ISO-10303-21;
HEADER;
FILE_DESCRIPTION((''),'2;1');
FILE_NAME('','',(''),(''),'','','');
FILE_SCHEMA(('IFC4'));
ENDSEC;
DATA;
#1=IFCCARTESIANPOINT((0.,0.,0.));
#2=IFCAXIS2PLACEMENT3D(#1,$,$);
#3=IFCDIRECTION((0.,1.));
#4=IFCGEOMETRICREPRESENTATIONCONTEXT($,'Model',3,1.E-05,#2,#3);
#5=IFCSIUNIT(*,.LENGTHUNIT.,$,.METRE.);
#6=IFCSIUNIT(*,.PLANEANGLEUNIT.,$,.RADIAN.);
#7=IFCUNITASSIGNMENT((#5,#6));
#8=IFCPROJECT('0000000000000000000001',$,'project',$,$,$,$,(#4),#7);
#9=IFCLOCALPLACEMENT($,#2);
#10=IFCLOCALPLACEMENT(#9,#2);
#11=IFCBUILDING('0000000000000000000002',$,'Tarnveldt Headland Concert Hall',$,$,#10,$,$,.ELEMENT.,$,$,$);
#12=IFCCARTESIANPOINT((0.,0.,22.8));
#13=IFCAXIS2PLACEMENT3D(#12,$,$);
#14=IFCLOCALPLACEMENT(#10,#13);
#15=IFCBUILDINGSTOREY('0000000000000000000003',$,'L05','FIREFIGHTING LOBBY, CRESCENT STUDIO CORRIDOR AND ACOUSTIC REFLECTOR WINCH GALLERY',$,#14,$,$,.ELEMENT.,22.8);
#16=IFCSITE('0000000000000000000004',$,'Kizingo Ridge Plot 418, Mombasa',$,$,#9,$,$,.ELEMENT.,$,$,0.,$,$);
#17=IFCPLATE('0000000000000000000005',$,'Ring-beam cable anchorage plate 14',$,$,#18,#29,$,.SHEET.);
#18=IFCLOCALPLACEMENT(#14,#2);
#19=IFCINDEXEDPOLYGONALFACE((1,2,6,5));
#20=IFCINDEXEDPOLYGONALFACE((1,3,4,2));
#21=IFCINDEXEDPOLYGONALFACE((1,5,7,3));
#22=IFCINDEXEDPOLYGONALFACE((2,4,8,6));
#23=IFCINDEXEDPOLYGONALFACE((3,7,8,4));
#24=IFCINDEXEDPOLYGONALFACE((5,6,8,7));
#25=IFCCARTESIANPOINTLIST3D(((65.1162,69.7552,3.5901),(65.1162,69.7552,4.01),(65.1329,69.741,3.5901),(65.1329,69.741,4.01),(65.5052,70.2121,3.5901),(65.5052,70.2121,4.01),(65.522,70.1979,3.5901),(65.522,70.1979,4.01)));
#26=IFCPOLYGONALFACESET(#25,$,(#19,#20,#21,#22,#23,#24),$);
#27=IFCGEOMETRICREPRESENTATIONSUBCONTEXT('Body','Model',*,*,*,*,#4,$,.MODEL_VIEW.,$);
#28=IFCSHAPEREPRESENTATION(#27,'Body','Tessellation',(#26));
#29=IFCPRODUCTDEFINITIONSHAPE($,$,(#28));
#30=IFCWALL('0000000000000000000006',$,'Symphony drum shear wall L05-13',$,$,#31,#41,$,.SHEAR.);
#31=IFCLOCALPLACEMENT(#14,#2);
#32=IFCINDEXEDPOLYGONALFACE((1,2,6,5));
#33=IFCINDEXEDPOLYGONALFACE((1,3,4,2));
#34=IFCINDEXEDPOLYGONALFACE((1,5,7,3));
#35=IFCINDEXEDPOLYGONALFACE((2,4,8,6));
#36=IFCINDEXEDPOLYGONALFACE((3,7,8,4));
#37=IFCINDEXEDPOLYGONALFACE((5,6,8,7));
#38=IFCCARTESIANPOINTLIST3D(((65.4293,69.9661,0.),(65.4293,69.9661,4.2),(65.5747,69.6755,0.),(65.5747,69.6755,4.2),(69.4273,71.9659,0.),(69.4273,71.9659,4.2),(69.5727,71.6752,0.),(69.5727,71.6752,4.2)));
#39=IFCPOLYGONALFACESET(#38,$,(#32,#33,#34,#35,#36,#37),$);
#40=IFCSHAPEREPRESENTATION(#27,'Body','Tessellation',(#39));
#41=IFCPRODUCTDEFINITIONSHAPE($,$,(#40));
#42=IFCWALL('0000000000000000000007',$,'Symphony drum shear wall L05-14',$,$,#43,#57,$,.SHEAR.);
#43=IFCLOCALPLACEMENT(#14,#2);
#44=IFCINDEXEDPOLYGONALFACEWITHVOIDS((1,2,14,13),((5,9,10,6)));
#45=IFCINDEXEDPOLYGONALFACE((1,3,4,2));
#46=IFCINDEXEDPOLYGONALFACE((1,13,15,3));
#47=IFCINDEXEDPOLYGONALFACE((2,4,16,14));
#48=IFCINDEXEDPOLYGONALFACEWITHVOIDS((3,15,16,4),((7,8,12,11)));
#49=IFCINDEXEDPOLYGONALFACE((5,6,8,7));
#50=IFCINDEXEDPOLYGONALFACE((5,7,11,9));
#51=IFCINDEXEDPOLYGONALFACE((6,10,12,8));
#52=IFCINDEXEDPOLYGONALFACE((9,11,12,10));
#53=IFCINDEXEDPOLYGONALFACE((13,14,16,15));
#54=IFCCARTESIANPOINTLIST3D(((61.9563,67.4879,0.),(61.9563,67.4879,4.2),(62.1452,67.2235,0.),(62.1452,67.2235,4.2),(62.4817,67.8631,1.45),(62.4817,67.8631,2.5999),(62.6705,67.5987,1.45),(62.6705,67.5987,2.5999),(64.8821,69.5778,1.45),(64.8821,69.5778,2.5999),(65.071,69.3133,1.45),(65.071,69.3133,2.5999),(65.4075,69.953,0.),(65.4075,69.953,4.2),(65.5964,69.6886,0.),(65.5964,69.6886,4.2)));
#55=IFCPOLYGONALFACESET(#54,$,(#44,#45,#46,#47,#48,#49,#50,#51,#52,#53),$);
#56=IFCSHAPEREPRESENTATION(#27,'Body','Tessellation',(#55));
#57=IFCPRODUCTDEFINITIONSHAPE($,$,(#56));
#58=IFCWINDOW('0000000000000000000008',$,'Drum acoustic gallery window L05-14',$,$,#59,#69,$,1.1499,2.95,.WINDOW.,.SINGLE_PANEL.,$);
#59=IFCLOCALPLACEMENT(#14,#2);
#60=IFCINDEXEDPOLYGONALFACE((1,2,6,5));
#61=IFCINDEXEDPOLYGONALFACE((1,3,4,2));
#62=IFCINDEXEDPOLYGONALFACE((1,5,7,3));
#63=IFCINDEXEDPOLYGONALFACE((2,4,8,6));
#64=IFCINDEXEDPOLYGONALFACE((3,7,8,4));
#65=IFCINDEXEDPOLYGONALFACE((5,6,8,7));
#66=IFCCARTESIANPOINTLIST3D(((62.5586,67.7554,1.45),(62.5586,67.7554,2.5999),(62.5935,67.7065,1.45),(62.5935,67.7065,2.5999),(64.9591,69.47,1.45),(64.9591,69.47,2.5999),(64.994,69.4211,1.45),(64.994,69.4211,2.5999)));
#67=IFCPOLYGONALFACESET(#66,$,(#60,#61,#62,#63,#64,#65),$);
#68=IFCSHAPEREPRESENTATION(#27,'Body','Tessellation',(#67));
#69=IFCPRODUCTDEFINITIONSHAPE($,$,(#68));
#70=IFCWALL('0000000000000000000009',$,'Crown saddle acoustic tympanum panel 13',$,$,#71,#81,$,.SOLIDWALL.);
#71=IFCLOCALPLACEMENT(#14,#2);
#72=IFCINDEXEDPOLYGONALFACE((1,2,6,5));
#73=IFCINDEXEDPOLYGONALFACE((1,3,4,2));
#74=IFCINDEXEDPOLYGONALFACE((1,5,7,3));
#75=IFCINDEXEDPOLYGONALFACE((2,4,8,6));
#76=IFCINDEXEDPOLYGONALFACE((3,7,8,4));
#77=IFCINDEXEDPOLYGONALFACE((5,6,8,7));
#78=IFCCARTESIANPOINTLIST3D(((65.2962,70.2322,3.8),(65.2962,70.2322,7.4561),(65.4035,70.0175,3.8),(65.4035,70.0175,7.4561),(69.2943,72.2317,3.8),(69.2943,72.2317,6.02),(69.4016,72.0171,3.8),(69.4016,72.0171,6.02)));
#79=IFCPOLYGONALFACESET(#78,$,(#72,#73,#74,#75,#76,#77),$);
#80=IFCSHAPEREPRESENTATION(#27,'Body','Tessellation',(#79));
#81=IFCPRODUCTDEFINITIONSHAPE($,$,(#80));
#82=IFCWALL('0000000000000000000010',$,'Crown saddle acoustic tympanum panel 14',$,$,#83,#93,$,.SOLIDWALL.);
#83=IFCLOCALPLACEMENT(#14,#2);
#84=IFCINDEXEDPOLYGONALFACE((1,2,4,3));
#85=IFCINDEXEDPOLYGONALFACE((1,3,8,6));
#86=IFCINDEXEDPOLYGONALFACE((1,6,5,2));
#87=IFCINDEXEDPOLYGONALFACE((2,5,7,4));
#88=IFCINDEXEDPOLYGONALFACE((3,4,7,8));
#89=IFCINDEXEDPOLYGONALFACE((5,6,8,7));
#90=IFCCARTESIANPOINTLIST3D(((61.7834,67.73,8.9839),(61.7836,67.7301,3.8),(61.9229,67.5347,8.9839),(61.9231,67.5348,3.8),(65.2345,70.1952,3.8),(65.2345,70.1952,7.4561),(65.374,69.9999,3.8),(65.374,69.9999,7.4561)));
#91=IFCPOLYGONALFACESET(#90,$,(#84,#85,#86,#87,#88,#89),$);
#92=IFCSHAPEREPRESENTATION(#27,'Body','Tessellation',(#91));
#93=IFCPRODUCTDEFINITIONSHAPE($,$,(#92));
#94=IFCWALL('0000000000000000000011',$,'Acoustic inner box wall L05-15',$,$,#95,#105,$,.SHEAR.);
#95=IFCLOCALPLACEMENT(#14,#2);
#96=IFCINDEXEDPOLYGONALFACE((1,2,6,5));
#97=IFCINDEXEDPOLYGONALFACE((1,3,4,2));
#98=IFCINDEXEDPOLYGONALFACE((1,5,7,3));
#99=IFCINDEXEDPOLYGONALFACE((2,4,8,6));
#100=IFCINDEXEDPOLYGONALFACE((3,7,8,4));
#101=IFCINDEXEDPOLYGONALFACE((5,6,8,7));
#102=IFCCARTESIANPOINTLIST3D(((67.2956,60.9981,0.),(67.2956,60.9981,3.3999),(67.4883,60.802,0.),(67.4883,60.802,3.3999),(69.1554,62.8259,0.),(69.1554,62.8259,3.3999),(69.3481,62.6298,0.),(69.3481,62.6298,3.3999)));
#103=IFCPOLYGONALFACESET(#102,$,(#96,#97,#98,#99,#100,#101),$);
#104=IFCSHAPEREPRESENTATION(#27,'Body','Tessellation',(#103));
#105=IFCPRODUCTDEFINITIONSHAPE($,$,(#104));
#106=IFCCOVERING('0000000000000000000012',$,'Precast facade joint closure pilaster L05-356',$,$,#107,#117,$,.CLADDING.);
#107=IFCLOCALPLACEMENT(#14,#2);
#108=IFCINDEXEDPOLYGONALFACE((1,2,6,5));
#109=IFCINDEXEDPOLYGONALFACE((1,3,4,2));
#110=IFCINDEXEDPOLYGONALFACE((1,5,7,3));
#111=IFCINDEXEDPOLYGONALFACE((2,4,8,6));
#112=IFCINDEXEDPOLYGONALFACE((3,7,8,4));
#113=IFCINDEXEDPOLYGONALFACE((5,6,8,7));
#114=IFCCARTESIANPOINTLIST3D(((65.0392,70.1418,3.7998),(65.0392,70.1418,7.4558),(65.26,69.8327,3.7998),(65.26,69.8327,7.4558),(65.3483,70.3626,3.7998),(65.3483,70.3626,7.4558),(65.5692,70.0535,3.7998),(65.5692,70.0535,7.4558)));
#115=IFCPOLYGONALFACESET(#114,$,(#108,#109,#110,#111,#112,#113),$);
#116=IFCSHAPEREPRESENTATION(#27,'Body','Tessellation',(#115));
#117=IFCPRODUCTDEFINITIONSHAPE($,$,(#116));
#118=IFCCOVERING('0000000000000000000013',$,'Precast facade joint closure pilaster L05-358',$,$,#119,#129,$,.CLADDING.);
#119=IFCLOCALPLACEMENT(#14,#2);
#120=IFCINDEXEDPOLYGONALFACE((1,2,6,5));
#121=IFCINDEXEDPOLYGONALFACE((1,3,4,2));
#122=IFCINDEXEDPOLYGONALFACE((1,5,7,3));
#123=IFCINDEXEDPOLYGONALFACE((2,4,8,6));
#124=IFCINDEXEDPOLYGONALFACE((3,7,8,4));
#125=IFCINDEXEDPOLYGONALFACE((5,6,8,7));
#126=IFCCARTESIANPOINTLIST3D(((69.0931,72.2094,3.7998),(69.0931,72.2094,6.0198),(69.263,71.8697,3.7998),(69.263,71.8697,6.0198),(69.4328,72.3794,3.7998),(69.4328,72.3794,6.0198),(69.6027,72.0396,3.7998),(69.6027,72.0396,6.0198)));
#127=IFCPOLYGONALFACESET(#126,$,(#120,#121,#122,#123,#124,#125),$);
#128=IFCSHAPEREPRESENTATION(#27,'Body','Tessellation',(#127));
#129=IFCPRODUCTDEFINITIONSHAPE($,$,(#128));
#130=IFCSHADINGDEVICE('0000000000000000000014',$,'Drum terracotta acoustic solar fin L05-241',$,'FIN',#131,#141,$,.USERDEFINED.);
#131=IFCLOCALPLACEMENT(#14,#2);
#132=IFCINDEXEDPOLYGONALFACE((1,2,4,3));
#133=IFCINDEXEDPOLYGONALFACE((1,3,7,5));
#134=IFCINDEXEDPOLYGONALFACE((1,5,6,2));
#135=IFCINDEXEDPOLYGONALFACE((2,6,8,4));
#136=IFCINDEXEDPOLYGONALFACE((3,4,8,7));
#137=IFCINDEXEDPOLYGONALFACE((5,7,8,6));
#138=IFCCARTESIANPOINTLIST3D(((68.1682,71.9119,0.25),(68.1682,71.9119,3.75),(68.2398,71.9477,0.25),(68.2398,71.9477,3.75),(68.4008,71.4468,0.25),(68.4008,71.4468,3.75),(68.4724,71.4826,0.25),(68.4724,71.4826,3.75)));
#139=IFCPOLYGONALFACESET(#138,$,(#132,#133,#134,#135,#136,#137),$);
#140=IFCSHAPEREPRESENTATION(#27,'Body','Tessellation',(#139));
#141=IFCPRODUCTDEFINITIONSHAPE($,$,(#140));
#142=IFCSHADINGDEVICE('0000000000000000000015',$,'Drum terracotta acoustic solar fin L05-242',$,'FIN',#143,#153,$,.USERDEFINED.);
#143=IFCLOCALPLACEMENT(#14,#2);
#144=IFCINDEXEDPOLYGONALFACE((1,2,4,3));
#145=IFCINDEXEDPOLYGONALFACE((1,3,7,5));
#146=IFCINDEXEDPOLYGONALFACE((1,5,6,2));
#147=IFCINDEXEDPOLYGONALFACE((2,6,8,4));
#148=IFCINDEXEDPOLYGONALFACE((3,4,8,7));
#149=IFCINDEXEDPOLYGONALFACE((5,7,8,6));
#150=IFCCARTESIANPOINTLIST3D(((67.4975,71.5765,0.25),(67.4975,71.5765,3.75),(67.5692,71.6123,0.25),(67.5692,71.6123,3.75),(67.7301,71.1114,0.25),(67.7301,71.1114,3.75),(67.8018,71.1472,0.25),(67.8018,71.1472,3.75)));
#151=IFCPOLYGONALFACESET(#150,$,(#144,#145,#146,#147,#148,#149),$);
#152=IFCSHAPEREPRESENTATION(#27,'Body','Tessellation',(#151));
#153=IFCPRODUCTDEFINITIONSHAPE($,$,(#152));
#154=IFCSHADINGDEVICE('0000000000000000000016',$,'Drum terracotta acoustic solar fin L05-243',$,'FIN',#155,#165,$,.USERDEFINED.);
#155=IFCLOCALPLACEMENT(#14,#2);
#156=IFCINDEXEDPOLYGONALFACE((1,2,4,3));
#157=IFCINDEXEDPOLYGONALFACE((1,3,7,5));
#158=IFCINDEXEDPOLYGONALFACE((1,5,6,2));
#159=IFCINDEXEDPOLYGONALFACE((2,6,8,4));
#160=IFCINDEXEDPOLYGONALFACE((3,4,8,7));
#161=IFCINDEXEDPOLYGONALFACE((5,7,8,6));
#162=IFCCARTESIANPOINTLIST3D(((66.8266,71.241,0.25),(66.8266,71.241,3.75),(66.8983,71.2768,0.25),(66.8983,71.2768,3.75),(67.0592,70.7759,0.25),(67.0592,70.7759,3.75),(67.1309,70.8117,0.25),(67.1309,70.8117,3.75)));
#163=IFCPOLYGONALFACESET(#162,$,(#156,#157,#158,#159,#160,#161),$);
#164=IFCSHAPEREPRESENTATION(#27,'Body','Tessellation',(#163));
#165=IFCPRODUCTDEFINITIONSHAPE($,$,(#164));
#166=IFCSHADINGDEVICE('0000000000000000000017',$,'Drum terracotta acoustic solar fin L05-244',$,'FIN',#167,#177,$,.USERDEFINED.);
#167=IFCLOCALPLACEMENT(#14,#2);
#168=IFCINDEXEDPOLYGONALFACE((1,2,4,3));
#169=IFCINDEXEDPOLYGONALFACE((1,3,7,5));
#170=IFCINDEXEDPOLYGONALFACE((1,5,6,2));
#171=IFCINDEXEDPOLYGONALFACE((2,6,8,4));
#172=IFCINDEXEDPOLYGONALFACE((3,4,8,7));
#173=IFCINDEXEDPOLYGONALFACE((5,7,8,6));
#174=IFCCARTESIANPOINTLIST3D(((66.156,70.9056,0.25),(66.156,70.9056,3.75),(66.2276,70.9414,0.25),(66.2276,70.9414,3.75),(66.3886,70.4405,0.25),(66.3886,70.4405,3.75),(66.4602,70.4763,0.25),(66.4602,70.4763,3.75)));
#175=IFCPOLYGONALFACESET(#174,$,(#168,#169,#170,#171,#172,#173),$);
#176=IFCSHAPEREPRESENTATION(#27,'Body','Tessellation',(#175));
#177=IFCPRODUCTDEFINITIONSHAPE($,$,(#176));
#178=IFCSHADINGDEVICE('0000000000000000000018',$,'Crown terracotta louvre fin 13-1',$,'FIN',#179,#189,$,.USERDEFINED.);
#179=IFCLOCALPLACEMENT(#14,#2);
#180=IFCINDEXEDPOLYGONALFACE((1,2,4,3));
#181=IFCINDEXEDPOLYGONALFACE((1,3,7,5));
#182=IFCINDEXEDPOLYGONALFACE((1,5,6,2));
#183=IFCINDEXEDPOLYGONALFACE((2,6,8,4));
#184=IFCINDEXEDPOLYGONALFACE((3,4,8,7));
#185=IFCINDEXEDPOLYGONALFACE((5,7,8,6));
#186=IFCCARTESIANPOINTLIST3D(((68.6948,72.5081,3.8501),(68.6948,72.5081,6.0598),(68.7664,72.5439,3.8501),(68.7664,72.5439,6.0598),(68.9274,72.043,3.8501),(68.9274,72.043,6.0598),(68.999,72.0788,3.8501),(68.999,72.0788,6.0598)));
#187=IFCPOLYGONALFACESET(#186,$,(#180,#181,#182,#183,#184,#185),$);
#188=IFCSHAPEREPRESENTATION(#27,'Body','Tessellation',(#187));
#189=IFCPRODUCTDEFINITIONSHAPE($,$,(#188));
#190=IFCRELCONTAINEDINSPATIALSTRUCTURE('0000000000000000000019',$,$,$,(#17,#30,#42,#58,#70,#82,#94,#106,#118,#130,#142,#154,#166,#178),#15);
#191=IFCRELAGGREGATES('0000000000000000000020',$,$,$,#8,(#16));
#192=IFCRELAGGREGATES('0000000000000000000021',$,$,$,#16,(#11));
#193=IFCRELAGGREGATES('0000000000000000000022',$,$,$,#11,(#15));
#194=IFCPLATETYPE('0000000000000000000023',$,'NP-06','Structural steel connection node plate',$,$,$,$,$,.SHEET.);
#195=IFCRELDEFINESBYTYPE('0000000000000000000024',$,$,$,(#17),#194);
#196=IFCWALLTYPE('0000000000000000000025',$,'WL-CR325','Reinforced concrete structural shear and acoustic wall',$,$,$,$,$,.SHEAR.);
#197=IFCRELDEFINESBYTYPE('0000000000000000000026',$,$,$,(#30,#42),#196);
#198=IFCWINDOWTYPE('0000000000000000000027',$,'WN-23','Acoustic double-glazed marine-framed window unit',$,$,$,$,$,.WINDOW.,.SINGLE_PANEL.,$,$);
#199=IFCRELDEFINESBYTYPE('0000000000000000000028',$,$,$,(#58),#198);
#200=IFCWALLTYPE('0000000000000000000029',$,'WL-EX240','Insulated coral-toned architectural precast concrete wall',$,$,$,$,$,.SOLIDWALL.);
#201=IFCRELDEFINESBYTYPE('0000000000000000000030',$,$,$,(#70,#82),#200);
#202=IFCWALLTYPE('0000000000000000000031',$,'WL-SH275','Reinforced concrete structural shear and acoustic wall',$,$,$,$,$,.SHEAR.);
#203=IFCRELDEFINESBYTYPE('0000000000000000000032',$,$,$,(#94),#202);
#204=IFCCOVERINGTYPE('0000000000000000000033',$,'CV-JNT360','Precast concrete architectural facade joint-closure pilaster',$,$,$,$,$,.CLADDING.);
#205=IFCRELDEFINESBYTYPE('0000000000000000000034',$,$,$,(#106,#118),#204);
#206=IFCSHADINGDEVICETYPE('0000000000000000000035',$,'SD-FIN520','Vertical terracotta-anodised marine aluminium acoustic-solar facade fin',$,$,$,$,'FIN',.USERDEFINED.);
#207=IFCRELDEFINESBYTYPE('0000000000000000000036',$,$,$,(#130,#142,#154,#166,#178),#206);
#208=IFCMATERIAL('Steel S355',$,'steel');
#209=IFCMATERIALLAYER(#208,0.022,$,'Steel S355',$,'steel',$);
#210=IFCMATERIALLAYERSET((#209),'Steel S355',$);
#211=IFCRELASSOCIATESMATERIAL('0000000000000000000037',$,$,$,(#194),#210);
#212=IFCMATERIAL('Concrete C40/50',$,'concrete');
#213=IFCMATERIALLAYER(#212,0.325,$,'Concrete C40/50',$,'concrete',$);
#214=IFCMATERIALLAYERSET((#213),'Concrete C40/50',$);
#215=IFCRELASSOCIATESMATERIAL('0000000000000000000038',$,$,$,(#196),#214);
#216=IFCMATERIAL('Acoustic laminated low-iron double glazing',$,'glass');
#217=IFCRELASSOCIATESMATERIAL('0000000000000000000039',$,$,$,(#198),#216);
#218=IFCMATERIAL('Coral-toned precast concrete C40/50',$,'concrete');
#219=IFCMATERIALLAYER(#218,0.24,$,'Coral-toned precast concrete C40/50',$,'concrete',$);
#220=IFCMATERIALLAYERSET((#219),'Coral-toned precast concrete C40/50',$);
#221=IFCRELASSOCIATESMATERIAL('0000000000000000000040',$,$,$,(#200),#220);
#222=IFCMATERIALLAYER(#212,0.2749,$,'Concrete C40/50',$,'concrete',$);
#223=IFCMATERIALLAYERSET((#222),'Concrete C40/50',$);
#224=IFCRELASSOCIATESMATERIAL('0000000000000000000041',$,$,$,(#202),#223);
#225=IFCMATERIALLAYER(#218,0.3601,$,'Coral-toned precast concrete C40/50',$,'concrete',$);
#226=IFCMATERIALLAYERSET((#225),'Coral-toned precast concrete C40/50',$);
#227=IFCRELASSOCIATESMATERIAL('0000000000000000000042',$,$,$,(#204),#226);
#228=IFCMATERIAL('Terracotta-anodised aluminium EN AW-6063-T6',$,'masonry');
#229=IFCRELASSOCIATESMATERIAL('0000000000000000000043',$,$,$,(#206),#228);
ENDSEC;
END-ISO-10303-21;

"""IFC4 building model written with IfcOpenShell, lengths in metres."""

from ifc_helpers import new_model, si_unit, direction, frame, frame_2d, origin, origin_2d, place, context, subcontext, project, spatial, polyline, rectangle, outline, extrude, material, layer, layer_set, type_object, element, fill, save


model = new_model("IFC4")

# Units and contexts
model_context = context("Model", 3, precision=1e-05, world=origin(), true_north=direction((0.0, 1.0)))
body_context = subcontext(model_context, "Body", "Model", "MODEL_VIEW")
ifc_project = project(units=[si_unit("LENGTHUNIT", "METRE"), si_unit("PLANEANGLEUNIT", "RADIAN")], contexts=[model_context])

# Site, building, storey
site_placement = place(None, origin())
site = spatial("IfcSite", under=ifc_project, at=site_placement, Name="Kizingo Ridge Plot 418, Mombasa", CompositionType="ELEMENT", RefElevation=0.0)
building_placement = place(site_placement, origin())
building = spatial("IfcBuilding", under=site, at=building_placement, Name="Tarnveldt Headland Concert Hall", CompositionType="ELEMENT")
storey_placement = place(building_placement, frame((0.0, 0.0, 22.8)))
storey = spatial("IfcBuildingStorey", under=building, at=storey_placement, Name="L05", Description="FIREFIGHTING LOBBY, CRESCENT STUDIO CORRIDOR AND ACOUSTIC REFLECTOR WINCH GALLERY", CompositionType="ELEMENT", Elevation=22.8)

# Shared definitions
ifc_material_1 = material(Name="Concrete C40/50", Category="concrete")

# Shared definitions
ifc_material_2 = material(Name="Steel S355", Category="steel")

# Plate
ifc_layer_1 = layer(ifc_material_2, 0.022, Name="Steel S355", Category="steel")
ifc_layer_set_1 = layer_set([ifc_layer_1], Name="Steel S355")
plate_type_1 = type_object("IfcPlateType", Name="NP-06", Description="Structural steel connection node plate", PredefinedType="SHEET", material=ifc_layer_set_1)
plate_1_placement = place(storey_placement, frame((65.3191, 69.9766, 3.5901), z_axis=(0.0, 0.0, 1.0), x_axis=(-0.648253, -0.761425, 0.0)))
element("IfcPlate", 1, at=plate_1_placement, inside=storey, type_object=plate_type_1, Name="Ring-beam cable anchorage plate 14", PredefinedType="SHEET", context=body_context, shape_type="SweptSolid", body=[
    extrude(rectangle(XDim=0.6001, YDim=0.022, at=origin_2d()), origin(), (0.0, 0.0, 1.0), 0.4199),
])

# Wall
ifc_layer_2 = layer(ifc_material_1, 0.325, Name="Concrete C40/50", Category="concrete")
ifc_layer_set_2 = layer_set([ifc_layer_2], Name="Concrete C40/50")
wall_type_1 = type_object("IfcWallType", Name="WL-CR325", Description="Reinforced concrete structural shear and acoustic wall", PredefinedType="SHEAR", material=ifc_layer_set_2)
wall_1_placement = place(storey_placement, frame((69.5, 71.8206, 0.0), z_axis=(0.0, 0.0, 1.0), x_axis=(-0.894362, -0.447345, 0.0)))
element("IfcWall", 2, at=wall_1_placement, inside=storey, type_object=wall_type_1, Name="Symphony drum shear wall L05-13", PredefinedType="SHEAR", context=body_context, shape_type="SweptSolid", body=[
    extrude(rectangle(XDim=4.4702, YDim=0.325, at=frame_2d((2.2351, 0.0))), origin(), (0.0, 0.0, 1.0), 4.2),
])

# Wall, opening, window
wall_2_placement = place(storey_placement, frame((65.502, 69.8208, 0.0), z_axis=(0.0, 0.0, 1.0), x_axis=(-0.813737, -0.581233, 0.0)))
wall_2 = element("IfcWall", 3, at=wall_2_placement, inside=storey, type_object=wall_type_1, Name="Symphony drum shear wall L05-14", PredefinedType="SHEAR", context=body_context, shape_type="SweptSolid", body=[
    extrude(rectangle(XDim=4.2412, YDim=0.325, at=frame_2d((2.1206, 0.0))), origin(), (0.0, 0.0, 1.0), 4.2),
])
opening_placement = place(wall_2_placement, frame((0.6455, 0.0, 1.45)))
opening = element("IfcOpeningElement", 4, at=opening_placement, cuts=wall_2, PredefinedType="OPENING", context=body_context, shape_type="SweptSolid", body=[
    extrude(rectangle(XDim=2.95, YDim=1.1499, at=frame_2d((1.4751, 0.575))), frame((0.0, 0.1724, 0.0), z_axis=(0.0, -1.0, 0.0), x_axis=(1.0, 0.0, 0.0)), (0.0, 0.0, 1.0), 0.345),
])
ifc_material_3 = material(Name="Acoustic laminated low-iron double glazing", Category="glass")
window_type = type_object("IfcWindowType", Name="WN-23", Description="Acoustic double-glazed marine-framed window unit", PartitioningType="SINGLE_PANEL", PredefinedType="WINDOW", material=ifc_material_3)
window_placement = place(opening_placement, origin())
window = element("IfcWindow", 5, at=window_placement, inside=storey, type_object=window_type, Name="Drum acoustic gallery window L05-14", OverallHeight=1.1499, OverallWidth=2.95, PartitioningType="SINGLE_PANEL", PredefinedType="WINDOW", context=body_context, shape_type="SweptSolid", body=[
    extrude(rectangle(XDim=2.95, YDim=1.1499, at=frame_2d((1.4751, 0.575))), frame((0.0, 0.03, 0.0), z_axis=(0.0, -1.0, 0.0), x_axis=(1.0, 0.0, 0.0)), (0.0, 0.0, 1.0), 0.0601),
])
fill(opening, window)

# Walls
ifc_material_4 = material(Name="Coral-toned precast concrete C40/50", Category="concrete")
ifc_layer_3 = layer(ifc_material_4, 0.24, Name="Coral-toned precast concrete C40/50", Category="concrete")
ifc_layer_set_3 = layer_set([ifc_layer_3], Name="Coral-toned precast concrete C40/50")
wall_type_2 = type_object("IfcWallType", Name="WL-EX240", Description="Insulated coral-toned architectural precast concrete wall", PredefinedType="SOLIDWALL", material=ifc_layer_set_3)
wall_3_placement = place(storey_placement, frame((69.3479, 72.1245, 3.8), z_axis=(0.0, 0.0, 1.0), x_axis=(-0.894383, -0.447301, 0.0)))
element("IfcWall", 6, at=wall_3_placement, inside=storey, type_object=wall_type_2, Name="Crown saddle acoustic tympanum panel 13", PredefinedType="SOLIDWALL", context=body_context, shape_type="SweptSolid", body=[
    extrude(outline(polyline([(0.0, 0.0), (4.4702, 0.0), (4.4702, 3.656), (0.0, 2.22), (0.0, 0.0)])), frame((0.0, 0.1201, 0.0), z_axis=(0.0, -1.0, 0.0), x_axis=(1.0, 0.0, 0.0)), (0.0, 0.0, 1.0), 0.24),
])
wall_4_placement = place(storey_placement, frame((65.3042, 70.0977, 3.8), z_axis=(0.0, 0.0, 1.0), x_axis=(-0.813718, -0.58126, 0.0)))
element("IfcWall", 7, at=wall_4_placement, inside=storey, type_object=wall_type_2, Name="Crown saddle acoustic tympanum panel 14", PredefinedType="SOLIDWALL", context=body_context, shape_type="SweptSolid", body=[
    extrude(outline(polyline([(0.0, 0.0), (4.241, 0.0), (4.2412, 5.1838), (0.0, 3.656), (0.0, 0.0)])), frame((0.0, 0.1201, 0.0), z_axis=(0.0, -1.0, 0.0), x_axis=(1.0, 0.0, 0.0)), (0.0, 0.0, 1.0), 0.24),
])
ifc_layer_4 = layer(ifc_material_1, 0.2749, Name="Concrete C40/50", Category="concrete")
ifc_layer_set_4 = layer_set([ifc_layer_4], Name="Concrete C40/50")
wall_type_3 = type_object("IfcWallType", Name="WL-SH275", Description="Reinforced concrete structural shear and acoustic wall", PredefinedType="SHEAR", material=ifc_layer_set_4)
wall_5_placement = place(storey_placement, frame((69.2517, 62.7278, 0.0), z_axis=(0.0, 0.0, 1.0), x_axis=(-0.713212, -0.700948, 0.0)))
element("IfcWall", 8, at=wall_5_placement, inside=storey, type_object=wall_type_3, Name="Acoustic inner box wall L05-15", PredefinedType="SHEAR", context=body_context, shape_type="SweptSolid", body=[
    extrude(rectangle(XDim=2.6077, YDim=0.2749, at=frame_2d((1.3037, 0.0))), origin(), (0.0, 0.0, 1.0), 3.3999),
])

# Coverings
ifc_layer_5 = layer(ifc_material_4, 0.3601, Name="Coral-toned precast concrete C40/50", Category="concrete")
ifc_layer_set_5 = layer_set([ifc_layer_5], Name="Coral-toned precast concrete C40/50")
covering_type = type_object("IfcCoveringType", Name="CV-JNT360", Description="Precast concrete architectural facade joint-closure pilaster", PredefinedType="CLADDING", material=ifc_layer_set_5)
covering_1_placement = place(storey_placement, frame((65.3042, 70.0977, 3.7998), z_axis=(0.0, 0.0, 1.0), x_axis=(-0.581271, 0.81371, 0.0)))
element("IfcCovering", 9, at=covering_1_placement, inside=storey, type_object=covering_type, Name="Precast facade joint closure pilaster L05-356", PredefinedType="CLADDING", context=body_context, shape_type="SweptSolid", body=[
    extrude(rectangle(XDim=0.3799, YDim=0.3799, at=origin_2d()), origin(), (0.0, 0.0, 1.0), 3.656),
])
covering_2_placement = place(storey_placement, frame((69.3479, 72.1245, 3.7998), z_axis=(0.0, 0.0, 1.0), x_axis=(-0.447291, 0.894389, 0.0)))
element("IfcCovering", 10, at=covering_2_placement, inside=storey, type_object=covering_type, Name="Precast facade joint closure pilaster L05-358", PredefinedType="CLADDING", context=body_context, shape_type="SweptSolid", body=[
    extrude(rectangle(XDim=0.3799, YDim=0.3799, at=origin_2d()), origin(), (0.0, 0.0, 1.0), 2.22),
])

# Shading devices
ifc_material_5 = material(Name="Terracotta-anodised aluminium EN AW-6063-T6", Category="masonry")
shading_device_type = type_object("IfcShadingDeviceType", Name="SD-FIN520", Description="Vertical terracotta-anodised marine aluminium acoustic-solar facade fin", ElementType="FIN", PredefinedType="USERDEFINED", material=ifc_material_5)
for number, where, z_axis, x_axis, name in (
    (11, (68.3203, 71.6973, 0.25), (0.0, 0.0, 1.0), (-0.447291, 0.894389, 0.0), "Drum terracotta acoustic solar fin L05-241"),
    (12, (67.6497, 71.3618, 0.25), (0.0, 0.0, 1.0), (-0.447291, 0.894389, 0.0), "Drum terracotta acoustic solar fin L05-242"),
    (13, (66.9788, 71.0264, 0.25), (0.0, 0.0, 1.0), (-0.447291, 0.894389, 0.0), "Drum terracotta acoustic solar fin L05-243"),
    (14, (66.3081, 70.6909, 0.25), (0.0, 0.0, 1.0), (-0.447291, 0.894389, 0.0), "Drum terracotta acoustic solar fin L05-244"),
):
    element("IfcShadingDevice", number, at=place(storey_placement, frame(where, z_axis=z_axis, x_axis=x_axis)), inside=storey, type_object=shading_device_type, Name=name, ObjectType="FIN", PredefinedType="USERDEFINED", context=body_context, shape_type="SweptSolid", body=[
        extrude(rectangle(XDim=0.52, YDim=0.0801, at=origin_2d()), origin(), (0.0, 0.0, 1.0), 3.5),
    ])
shading_device_1_placement = place(storey_placement, frame((68.8469, 72.2935, 3.8501), z_axis=(0.0, 0.0, 1.0), x_axis=(-0.447291, 0.894389, 0.0)))
element("IfcShadingDevice", 15, at=shading_device_1_placement, inside=storey, type_object=shading_device_type, Name="Crown terracotta louvre fin 13-1", ObjectType="FIN", PredefinedType="USERDEFINED", context=body_context, shape_type="SweptSolid", body=[
    extrude(rectangle(XDim=0.52, YDim=0.0801, at=origin_2d()), origin(), (0.0, 0.0, 1.0), 2.2097),
])

save(model, "model.ifc")
